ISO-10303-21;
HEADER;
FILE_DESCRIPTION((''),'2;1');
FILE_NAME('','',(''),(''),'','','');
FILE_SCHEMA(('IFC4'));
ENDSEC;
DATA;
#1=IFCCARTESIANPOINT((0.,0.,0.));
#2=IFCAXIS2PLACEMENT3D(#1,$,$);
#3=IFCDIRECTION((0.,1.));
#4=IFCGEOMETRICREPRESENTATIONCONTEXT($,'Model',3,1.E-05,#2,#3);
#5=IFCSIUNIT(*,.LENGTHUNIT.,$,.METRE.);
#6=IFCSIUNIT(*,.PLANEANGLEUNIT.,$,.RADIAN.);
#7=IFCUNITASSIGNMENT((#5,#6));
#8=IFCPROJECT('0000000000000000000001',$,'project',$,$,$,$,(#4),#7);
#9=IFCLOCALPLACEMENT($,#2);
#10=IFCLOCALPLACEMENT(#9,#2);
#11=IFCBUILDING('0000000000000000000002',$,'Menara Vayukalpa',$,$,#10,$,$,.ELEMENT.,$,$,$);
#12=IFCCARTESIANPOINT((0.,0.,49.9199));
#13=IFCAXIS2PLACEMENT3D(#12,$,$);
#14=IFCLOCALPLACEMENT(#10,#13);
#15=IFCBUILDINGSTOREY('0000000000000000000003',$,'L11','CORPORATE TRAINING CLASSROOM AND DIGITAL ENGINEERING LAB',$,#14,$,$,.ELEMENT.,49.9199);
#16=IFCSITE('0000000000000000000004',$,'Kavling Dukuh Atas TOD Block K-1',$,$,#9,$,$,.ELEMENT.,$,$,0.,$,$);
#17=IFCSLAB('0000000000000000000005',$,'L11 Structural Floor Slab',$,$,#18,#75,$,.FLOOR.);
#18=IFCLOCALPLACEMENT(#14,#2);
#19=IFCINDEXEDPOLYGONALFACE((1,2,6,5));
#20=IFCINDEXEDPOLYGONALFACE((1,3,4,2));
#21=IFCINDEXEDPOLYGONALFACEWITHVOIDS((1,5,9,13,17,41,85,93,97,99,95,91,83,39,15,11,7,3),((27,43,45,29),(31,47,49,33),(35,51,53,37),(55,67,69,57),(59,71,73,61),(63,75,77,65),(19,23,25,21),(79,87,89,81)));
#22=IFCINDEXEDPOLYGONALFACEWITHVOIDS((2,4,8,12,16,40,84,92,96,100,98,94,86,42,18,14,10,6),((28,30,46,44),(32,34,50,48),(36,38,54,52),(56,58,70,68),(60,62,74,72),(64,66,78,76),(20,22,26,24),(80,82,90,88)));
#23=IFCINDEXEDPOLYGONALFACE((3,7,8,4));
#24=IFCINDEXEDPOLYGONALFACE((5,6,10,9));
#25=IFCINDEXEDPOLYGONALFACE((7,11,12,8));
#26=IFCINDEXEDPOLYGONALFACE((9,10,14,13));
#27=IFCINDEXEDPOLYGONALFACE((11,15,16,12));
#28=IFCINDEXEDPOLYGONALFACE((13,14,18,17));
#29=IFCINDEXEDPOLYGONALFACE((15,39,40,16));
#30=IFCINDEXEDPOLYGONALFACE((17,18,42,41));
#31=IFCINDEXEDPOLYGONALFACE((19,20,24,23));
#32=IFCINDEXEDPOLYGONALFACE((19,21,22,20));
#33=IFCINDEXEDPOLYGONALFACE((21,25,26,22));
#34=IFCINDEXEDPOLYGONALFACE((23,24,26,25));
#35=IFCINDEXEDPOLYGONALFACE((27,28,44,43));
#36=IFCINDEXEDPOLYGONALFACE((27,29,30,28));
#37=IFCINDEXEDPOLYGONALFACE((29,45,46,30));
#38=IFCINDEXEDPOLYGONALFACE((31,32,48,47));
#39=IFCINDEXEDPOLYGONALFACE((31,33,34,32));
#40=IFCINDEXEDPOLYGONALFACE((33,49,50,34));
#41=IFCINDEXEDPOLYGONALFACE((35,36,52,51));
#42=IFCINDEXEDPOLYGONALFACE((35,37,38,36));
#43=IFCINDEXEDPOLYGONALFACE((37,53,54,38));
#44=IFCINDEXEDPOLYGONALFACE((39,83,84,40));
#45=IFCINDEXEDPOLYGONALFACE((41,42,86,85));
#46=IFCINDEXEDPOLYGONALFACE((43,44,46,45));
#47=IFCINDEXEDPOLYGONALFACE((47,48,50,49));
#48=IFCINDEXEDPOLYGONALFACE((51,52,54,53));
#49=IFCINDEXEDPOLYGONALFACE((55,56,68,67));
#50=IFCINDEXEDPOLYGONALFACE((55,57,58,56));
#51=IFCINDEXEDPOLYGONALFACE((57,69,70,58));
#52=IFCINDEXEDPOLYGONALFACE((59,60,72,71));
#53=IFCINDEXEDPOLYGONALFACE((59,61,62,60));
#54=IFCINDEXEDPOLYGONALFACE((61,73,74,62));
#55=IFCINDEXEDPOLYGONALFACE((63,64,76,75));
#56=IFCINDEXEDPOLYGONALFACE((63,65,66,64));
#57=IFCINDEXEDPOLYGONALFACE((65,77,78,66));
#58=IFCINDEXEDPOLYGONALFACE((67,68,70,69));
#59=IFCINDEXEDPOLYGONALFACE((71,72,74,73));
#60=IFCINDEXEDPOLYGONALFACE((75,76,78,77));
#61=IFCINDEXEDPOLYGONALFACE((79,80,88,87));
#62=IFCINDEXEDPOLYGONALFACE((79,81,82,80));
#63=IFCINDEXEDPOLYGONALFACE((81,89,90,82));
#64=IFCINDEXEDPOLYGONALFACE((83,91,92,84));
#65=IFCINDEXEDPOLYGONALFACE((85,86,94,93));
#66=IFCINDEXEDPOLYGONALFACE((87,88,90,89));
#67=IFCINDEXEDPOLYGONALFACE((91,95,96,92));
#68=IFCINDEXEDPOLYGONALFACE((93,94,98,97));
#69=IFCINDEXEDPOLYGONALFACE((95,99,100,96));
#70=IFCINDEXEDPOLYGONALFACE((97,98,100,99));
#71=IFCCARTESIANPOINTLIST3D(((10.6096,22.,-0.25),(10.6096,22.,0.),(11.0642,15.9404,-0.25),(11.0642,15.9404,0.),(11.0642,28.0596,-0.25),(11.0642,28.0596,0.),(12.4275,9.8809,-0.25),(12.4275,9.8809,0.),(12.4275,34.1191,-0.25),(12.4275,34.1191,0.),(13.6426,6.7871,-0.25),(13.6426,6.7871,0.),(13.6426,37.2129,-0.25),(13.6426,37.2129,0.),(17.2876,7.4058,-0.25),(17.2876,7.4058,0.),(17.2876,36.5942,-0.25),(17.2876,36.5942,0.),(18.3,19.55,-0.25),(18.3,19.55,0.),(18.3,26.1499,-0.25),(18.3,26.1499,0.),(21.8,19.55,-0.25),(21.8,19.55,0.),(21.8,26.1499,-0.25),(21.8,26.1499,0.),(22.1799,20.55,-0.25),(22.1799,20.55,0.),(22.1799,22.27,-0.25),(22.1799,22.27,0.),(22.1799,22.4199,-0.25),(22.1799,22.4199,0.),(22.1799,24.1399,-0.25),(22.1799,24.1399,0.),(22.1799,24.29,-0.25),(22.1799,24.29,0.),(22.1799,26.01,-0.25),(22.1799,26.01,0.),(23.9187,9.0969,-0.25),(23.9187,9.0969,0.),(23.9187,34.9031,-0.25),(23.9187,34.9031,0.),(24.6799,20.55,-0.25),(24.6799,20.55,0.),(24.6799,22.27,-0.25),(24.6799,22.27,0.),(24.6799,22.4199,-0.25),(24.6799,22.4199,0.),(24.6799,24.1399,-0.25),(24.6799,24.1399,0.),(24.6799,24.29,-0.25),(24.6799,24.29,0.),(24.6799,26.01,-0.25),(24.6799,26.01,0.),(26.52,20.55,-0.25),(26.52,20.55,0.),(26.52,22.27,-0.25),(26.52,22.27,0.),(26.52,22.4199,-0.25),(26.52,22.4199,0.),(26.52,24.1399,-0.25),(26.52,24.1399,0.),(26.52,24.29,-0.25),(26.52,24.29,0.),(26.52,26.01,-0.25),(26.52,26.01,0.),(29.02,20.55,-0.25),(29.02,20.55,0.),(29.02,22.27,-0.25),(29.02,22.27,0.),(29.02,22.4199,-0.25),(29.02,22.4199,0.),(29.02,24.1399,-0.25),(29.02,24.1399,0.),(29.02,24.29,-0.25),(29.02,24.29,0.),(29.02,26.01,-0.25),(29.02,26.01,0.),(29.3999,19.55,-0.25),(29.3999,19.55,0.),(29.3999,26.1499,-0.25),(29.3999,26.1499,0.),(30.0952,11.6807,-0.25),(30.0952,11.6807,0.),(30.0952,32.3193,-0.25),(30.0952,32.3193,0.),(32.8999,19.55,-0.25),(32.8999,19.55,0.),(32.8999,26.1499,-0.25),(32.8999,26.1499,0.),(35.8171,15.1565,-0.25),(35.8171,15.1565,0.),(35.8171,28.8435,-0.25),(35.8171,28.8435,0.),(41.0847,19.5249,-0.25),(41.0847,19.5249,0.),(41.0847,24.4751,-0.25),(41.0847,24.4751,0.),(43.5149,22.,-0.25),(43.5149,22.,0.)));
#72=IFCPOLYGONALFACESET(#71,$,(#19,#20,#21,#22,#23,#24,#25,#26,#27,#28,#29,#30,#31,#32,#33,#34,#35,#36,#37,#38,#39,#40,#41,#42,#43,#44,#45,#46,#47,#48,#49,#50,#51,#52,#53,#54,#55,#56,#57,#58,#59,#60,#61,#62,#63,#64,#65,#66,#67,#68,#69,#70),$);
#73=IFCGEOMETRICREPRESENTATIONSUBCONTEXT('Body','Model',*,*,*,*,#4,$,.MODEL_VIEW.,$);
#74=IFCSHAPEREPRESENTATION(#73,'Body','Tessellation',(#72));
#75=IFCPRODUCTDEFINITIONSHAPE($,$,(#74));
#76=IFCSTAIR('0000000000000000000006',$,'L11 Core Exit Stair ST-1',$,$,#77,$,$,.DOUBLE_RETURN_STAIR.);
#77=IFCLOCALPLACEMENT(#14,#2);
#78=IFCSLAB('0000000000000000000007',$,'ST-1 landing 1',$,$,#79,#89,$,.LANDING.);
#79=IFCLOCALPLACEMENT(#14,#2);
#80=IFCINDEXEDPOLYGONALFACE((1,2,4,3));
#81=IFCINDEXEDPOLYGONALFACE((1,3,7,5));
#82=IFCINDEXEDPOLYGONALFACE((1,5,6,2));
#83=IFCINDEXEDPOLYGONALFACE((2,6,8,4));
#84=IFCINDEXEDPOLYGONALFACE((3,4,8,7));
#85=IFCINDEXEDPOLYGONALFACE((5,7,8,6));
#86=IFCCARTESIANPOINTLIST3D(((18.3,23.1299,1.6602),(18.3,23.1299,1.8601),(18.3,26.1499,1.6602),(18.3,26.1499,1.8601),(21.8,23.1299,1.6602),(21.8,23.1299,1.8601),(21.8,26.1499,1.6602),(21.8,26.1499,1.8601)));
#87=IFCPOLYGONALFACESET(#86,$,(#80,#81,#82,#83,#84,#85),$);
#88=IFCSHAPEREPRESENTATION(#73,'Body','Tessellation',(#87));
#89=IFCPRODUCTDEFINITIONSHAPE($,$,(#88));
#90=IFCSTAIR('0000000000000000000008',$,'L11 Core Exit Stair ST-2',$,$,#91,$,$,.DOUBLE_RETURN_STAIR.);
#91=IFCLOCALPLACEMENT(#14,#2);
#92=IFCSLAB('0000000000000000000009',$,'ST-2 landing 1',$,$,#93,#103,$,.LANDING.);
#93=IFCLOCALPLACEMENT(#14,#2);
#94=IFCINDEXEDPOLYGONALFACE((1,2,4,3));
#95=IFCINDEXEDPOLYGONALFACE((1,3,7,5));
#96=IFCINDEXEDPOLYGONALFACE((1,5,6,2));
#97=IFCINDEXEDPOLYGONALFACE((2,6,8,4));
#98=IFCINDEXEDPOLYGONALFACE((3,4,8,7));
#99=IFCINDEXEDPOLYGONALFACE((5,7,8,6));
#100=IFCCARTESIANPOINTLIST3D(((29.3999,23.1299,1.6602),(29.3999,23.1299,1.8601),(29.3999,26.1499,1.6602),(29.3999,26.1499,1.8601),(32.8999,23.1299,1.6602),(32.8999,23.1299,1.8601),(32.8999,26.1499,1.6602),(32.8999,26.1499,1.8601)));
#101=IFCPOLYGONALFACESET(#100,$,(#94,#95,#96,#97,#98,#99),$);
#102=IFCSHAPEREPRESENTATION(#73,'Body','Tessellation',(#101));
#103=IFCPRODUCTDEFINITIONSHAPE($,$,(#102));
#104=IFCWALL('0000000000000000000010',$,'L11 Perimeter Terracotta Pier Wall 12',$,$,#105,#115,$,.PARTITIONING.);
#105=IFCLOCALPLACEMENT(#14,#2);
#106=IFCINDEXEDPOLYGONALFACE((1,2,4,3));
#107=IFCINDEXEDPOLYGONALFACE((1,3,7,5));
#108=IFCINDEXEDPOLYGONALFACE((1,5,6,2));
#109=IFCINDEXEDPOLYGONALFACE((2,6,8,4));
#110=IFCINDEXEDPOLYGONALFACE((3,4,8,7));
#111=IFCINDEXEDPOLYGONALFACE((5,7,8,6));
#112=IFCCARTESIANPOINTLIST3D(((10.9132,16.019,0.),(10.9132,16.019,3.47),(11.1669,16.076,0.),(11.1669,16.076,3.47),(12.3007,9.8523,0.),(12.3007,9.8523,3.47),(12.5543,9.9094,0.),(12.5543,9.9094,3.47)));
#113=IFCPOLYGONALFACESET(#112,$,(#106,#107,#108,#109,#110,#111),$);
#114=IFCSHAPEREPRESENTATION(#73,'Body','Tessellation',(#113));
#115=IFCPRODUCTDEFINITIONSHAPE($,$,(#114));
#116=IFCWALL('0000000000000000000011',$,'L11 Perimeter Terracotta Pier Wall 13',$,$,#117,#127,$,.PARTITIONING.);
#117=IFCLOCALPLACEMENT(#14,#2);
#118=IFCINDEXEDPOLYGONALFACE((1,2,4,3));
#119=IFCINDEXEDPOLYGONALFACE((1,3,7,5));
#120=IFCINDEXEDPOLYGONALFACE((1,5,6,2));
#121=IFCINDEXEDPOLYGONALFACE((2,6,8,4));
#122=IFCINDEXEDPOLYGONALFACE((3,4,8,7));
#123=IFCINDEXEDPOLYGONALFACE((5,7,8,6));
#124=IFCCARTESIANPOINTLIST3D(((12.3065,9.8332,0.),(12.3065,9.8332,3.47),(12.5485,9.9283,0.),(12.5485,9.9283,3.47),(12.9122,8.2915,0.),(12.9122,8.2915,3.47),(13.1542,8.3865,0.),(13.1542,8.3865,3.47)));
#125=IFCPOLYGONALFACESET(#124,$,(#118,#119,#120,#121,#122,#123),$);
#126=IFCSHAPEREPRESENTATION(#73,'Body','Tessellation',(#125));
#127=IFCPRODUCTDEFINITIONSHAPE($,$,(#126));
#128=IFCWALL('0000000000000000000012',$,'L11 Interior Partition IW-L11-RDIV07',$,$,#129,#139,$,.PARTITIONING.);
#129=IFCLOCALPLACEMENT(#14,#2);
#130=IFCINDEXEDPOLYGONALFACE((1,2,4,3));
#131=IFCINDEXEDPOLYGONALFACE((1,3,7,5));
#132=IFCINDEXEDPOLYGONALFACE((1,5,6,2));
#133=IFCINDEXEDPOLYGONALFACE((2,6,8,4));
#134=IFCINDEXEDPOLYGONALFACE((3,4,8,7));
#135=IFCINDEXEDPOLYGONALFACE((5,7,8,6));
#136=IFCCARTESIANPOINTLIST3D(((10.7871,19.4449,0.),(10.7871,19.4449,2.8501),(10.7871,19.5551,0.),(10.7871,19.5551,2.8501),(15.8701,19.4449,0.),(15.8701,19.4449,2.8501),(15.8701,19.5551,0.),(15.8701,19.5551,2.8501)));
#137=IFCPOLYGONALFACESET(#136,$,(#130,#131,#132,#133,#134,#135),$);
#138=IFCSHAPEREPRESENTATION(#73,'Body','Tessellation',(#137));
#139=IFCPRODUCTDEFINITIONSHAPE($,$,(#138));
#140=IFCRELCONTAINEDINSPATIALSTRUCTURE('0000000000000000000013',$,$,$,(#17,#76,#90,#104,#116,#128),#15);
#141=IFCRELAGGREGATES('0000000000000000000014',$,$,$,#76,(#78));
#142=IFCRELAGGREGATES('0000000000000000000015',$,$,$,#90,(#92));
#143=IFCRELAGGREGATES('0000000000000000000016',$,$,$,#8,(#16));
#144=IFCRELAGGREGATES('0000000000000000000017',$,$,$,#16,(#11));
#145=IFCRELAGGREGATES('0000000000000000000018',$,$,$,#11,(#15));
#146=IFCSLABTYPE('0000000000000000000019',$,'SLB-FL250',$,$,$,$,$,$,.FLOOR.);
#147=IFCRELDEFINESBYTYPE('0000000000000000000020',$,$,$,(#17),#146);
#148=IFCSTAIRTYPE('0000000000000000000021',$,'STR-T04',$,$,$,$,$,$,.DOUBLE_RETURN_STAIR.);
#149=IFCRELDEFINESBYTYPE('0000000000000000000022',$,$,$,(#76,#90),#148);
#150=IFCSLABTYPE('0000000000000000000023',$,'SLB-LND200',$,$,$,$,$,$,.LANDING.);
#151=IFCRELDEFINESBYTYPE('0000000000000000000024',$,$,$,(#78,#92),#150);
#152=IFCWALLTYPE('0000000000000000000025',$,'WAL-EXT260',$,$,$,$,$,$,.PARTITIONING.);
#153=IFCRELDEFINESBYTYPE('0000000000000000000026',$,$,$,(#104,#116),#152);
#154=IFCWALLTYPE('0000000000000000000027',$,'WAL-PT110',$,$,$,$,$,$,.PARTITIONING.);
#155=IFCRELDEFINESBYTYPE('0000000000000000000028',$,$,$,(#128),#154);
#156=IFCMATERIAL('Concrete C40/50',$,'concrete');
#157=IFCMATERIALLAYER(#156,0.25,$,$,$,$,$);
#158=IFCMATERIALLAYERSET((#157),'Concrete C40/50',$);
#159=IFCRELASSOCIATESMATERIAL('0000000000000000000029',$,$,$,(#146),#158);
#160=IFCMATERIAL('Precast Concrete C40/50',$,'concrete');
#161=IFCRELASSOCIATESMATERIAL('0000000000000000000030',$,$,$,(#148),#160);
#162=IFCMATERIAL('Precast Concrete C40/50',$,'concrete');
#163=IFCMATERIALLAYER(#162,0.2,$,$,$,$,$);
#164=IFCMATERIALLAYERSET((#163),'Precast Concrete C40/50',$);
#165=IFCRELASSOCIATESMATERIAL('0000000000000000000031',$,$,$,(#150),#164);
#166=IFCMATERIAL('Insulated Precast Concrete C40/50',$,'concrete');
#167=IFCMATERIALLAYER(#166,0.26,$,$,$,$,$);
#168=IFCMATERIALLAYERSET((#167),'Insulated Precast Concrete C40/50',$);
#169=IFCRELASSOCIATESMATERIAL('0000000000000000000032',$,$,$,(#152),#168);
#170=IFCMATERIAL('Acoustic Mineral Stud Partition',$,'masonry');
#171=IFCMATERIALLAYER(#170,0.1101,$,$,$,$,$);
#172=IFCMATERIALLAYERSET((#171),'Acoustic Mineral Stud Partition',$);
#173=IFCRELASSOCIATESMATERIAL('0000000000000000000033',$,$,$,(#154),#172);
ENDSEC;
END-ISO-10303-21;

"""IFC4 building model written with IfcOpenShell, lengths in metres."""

from ifc_helpers import new_model, si_unit, direction, frame, frame_2d, origin, place, context, subcontext, project, spatial, polyline, rectangle, outline, extrude, material, layer, layer_set, type_object, element, aggregate, save


model = new_model("IFC4")

# Units and contexts
model_context = context("Model", 3, precision=1e-05, world=origin(), true_north=direction((0.0, 1.0)))
body_context = subcontext(model_context, "Body", "Model", "MODEL_VIEW")
ifc_project = project(units=[si_unit("LENGTHUNIT", "METRE"), si_unit("PLANEANGLEUNIT", "RADIAN")], contexts=[model_context])

# Site, building, storey
site_placement = place(None, origin())
site = spatial("IfcSite", under=ifc_project, at=site_placement, Name="Kavling Dukuh Atas TOD Block K-1", CompositionType="ELEMENT", RefElevation=0.0)
building_placement = place(site_placement, origin())
building = spatial("IfcBuilding", under=site, at=building_placement, Name="Menara Vayukalpa", CompositionType="ELEMENT")
storey_placement = place(building_placement, frame((0.0, 0.0, 49.9199)))
storey = spatial("IfcBuildingStorey", under=building, at=storey_placement, Name="L11", Description="CORPORATE TRAINING CLASSROOM AND DIGITAL ENGINEERING LAB", CompositionType="ELEMENT", Elevation=49.9199)

# Slab
ifc_material_1 = material(Name="Concrete C40/50", Category="concrete")
ifc_layer_1 = layer(ifc_material_1, 0.25)
ifc_layer_set_1 = layer_set([ifc_layer_1], Name="Concrete C40/50")
slab_type_1 = type_object("IfcSlabType", Name="SLB-FL250", PredefinedType="FLOOR", material=ifc_layer_set_1)
slab_1_placement = place(storey_placement, frame((0.0, 0.0, -0.25)))
element("IfcSlab", 1, at=slab_1_placement, inside=storey, type_object=slab_type_1, Name="L11 Structural Floor Slab", PredefinedType="FLOOR", context=body_context, shape_type="SweptSolid", body=[
    extrude(outline(polyline([(41.0847, 19.5249), (43.5149, 22.0), (41.0847, 24.4751), (35.8171, 28.8435), (30.0952, 32.3193), (23.9187, 34.9031), (17.2876, 36.5942), (13.6426, 37.2129), (12.4275, 34.1191), (11.0642, 28.0596), (10.6096, 22.0), (11.0642, 15.9404), (12.4275, 9.8809), (13.6426, 6.7871), (17.2876, 7.4058), (23.9187, 9.0969), (30.0952, 11.6807), (35.8171, 15.1565), (41.0847, 19.5249)]), holes=[polyline([(21.8, 19.55), (21.8, 26.1499), (18.3, 26.1499), (18.3, 19.55), (21.8, 19.55)]), polyline([(32.8999, 19.55), (32.8999, 26.1499), (29.3999, 26.1499), (29.3999, 19.55), (32.8999, 19.55)]), polyline([(22.1799, 20.55), (24.6799, 20.55), (24.6799, 22.27), (22.1799, 22.27), (22.1799, 20.55)]), polyline([(26.52, 20.55), (29.02, 20.55), (29.02, 22.27), (26.52, 22.27), (26.52, 20.55)]), polyline([(22.1799, 22.4199), (24.6799, 22.4199), (24.6799, 24.1399), (22.1799, 24.1399), (22.1799, 22.4199)]), polyline([(22.1799, 24.29), (24.6799, 24.29), (24.6799, 26.01), (22.1799, 26.01), (22.1799, 24.29)]), polyline([(26.52, 24.29), (29.02, 24.29), (29.02, 26.01), (26.52, 26.01), (26.52, 24.29)]), polyline([(26.52, 22.4199), (29.02, 22.4199), (29.02, 24.1399), (26.52, 24.1399), (26.52, 22.4199)])]), origin(), (0.0, 0.0, 1.0), 0.25),
])

# Stairs, slabs
ifc_material_2 = material(Name="Precast Concrete C40/50", Category="concrete")
stair_type = type_object("IfcStairType", Name="STR-T04", PredefinedType="DOUBLE_RETURN_STAIR", material=ifc_material_2)
stair_1_placement = place(storey_placement, origin())
stair_1 = element("IfcStair", 2, at=stair_1_placement, inside=storey, type_object=stair_type, Name="L11 Core Exit Stair ST-1", PredefinedType="DOUBLE_RETURN_STAIR")
ifc_material_3 = material(Name="Precast Concrete C40/50", Category="concrete")
ifc_layer_2 = layer(ifc_material_3, 0.2)
ifc_layer_set_2 = layer_set([ifc_layer_2], Name="Precast Concrete C40/50")
slab_type_2 = type_object("IfcSlabType", Name="SLB-LND200", PredefinedType="LANDING", material=ifc_layer_set_2)
slab_2_placement = place(storey_placement, frame((0.0, 0.0, 1.6602)))
slab_2 = element("IfcSlab", 3, at=slab_2_placement, type_object=slab_type_2, Name="ST-1 landing 1", PredefinedType="LANDING", context=body_context, shape_type="SweptSolid", body=[
    extrude(outline(polyline([(21.8, 23.1299), (21.8, 26.1499), (18.3, 26.1499), (18.3, 23.1299), (21.8, 23.1299)])), origin(), (0.0, 0.0, 1.0), 0.2),
])
aggregate(stair_1, [slab_2])
stair_2_placement = place(storey_placement, origin())
stair_2 = element("IfcStair", 4, at=stair_2_placement, inside=storey, type_object=stair_type, Name="L11 Core Exit Stair ST-2", PredefinedType="DOUBLE_RETURN_STAIR")
slab_3_placement = place(storey_placement, frame((0.0, 0.0, 1.6602)))
slab_3 = element("IfcSlab", 5, at=slab_3_placement, type_object=slab_type_2, Name="ST-2 landing 1", PredefinedType="LANDING", context=body_context, shape_type="SweptSolid", body=[
    extrude(outline(polyline([(32.8999, 23.1299), (32.8999, 26.1499), (29.3999, 26.1499), (29.3999, 23.1299), (32.8999, 23.1299)])), origin(), (0.0, 0.0, 1.0), 0.2),
])
aggregate(stair_2, [slab_3])

# Walls
ifc_material_4 = material(Name="Insulated Precast Concrete C40/50", Category="concrete")
ifc_layer_3 = layer(ifc_material_4, 0.26)
ifc_layer_set_3 = layer_set([ifc_layer_3], Name="Insulated Precast Concrete C40/50")
wall_type_1 = type_object("IfcWallType", Name="WAL-EXT260", PredefinedType="PARTITIONING", material=ifc_layer_set_3)
wall_1_placement = place(storey_placement, frame((12.4275, 9.8809, 0.0), z_axis=(0.0, 0.0, 1.0), x_axis=(-0.219502, 0.975612, 0.0)))
element("IfcWall", 6, at=wall_1_placement, inside=storey, type_object=wall_type_1, Name="L11 Perimeter Terracotta Pier Wall 12", PredefinedType="PARTITIONING", context=body_context, shape_type="SweptSolid", body=[
    extrude(rectangle(XDim=6.3208, YDim=0.26, at=frame_2d((3.1604, 0.0))), origin(), (0.0, 0.0, 1.0), 3.47),
])
wall_2_placement = place(storey_placement, frame((13.0332, 8.3391, 0.0), z_axis=(0.0, 0.0, 1.0), x_axis=(-0.365666, 0.930746, 0.0)))
element("IfcWall", 7, at=wall_2_placement, inside=storey, type_object=wall_type_1, Name="L11 Perimeter Terracotta Pier Wall 13", PredefinedType="PARTITIONING", context=body_context, shape_type="SweptSolid", body=[
    extrude(rectangle(XDim=1.6565, YDim=0.26, at=frame_2d((0.8281, 0.0))), origin(), (0.0, 0.0, 1.0), 3.47),
])
ifc_material_5 = material(Name="Acoustic Mineral Stud Partition", Category="masonry")
ifc_layer_4 = layer(ifc_material_5, 0.1101)
ifc_layer_set_4 = layer_set([ifc_layer_4], Name="Acoustic Mineral Stud Partition")
wall_type_2 = type_object("IfcWallType", Name="WAL-PT110", PredefinedType="PARTITIONING", material=ifc_layer_set_4)
wall_3_placement = place(storey_placement, frame((10.7871, 19.5, 0.0), z_axis=(0.0, 0.0, 1.0), x_axis=(1.0, 0.0, 0.0)))
element("IfcWall", 8, at=wall_3_placement, inside=storey, type_object=wall_type_2, Name="L11 Interior Partition IW-L11-RDIV07", PredefinedType="PARTITIONING", context=body_context, shape_type="SweptSolid", body=[
    extrude(rectangle(XDim=5.083, YDim=0.1101, at=frame_2d((2.5415, 0.0))), origin(), (0.0, 0.0, 1.0), 2.8501),
])

save(model, "model.ifc")
